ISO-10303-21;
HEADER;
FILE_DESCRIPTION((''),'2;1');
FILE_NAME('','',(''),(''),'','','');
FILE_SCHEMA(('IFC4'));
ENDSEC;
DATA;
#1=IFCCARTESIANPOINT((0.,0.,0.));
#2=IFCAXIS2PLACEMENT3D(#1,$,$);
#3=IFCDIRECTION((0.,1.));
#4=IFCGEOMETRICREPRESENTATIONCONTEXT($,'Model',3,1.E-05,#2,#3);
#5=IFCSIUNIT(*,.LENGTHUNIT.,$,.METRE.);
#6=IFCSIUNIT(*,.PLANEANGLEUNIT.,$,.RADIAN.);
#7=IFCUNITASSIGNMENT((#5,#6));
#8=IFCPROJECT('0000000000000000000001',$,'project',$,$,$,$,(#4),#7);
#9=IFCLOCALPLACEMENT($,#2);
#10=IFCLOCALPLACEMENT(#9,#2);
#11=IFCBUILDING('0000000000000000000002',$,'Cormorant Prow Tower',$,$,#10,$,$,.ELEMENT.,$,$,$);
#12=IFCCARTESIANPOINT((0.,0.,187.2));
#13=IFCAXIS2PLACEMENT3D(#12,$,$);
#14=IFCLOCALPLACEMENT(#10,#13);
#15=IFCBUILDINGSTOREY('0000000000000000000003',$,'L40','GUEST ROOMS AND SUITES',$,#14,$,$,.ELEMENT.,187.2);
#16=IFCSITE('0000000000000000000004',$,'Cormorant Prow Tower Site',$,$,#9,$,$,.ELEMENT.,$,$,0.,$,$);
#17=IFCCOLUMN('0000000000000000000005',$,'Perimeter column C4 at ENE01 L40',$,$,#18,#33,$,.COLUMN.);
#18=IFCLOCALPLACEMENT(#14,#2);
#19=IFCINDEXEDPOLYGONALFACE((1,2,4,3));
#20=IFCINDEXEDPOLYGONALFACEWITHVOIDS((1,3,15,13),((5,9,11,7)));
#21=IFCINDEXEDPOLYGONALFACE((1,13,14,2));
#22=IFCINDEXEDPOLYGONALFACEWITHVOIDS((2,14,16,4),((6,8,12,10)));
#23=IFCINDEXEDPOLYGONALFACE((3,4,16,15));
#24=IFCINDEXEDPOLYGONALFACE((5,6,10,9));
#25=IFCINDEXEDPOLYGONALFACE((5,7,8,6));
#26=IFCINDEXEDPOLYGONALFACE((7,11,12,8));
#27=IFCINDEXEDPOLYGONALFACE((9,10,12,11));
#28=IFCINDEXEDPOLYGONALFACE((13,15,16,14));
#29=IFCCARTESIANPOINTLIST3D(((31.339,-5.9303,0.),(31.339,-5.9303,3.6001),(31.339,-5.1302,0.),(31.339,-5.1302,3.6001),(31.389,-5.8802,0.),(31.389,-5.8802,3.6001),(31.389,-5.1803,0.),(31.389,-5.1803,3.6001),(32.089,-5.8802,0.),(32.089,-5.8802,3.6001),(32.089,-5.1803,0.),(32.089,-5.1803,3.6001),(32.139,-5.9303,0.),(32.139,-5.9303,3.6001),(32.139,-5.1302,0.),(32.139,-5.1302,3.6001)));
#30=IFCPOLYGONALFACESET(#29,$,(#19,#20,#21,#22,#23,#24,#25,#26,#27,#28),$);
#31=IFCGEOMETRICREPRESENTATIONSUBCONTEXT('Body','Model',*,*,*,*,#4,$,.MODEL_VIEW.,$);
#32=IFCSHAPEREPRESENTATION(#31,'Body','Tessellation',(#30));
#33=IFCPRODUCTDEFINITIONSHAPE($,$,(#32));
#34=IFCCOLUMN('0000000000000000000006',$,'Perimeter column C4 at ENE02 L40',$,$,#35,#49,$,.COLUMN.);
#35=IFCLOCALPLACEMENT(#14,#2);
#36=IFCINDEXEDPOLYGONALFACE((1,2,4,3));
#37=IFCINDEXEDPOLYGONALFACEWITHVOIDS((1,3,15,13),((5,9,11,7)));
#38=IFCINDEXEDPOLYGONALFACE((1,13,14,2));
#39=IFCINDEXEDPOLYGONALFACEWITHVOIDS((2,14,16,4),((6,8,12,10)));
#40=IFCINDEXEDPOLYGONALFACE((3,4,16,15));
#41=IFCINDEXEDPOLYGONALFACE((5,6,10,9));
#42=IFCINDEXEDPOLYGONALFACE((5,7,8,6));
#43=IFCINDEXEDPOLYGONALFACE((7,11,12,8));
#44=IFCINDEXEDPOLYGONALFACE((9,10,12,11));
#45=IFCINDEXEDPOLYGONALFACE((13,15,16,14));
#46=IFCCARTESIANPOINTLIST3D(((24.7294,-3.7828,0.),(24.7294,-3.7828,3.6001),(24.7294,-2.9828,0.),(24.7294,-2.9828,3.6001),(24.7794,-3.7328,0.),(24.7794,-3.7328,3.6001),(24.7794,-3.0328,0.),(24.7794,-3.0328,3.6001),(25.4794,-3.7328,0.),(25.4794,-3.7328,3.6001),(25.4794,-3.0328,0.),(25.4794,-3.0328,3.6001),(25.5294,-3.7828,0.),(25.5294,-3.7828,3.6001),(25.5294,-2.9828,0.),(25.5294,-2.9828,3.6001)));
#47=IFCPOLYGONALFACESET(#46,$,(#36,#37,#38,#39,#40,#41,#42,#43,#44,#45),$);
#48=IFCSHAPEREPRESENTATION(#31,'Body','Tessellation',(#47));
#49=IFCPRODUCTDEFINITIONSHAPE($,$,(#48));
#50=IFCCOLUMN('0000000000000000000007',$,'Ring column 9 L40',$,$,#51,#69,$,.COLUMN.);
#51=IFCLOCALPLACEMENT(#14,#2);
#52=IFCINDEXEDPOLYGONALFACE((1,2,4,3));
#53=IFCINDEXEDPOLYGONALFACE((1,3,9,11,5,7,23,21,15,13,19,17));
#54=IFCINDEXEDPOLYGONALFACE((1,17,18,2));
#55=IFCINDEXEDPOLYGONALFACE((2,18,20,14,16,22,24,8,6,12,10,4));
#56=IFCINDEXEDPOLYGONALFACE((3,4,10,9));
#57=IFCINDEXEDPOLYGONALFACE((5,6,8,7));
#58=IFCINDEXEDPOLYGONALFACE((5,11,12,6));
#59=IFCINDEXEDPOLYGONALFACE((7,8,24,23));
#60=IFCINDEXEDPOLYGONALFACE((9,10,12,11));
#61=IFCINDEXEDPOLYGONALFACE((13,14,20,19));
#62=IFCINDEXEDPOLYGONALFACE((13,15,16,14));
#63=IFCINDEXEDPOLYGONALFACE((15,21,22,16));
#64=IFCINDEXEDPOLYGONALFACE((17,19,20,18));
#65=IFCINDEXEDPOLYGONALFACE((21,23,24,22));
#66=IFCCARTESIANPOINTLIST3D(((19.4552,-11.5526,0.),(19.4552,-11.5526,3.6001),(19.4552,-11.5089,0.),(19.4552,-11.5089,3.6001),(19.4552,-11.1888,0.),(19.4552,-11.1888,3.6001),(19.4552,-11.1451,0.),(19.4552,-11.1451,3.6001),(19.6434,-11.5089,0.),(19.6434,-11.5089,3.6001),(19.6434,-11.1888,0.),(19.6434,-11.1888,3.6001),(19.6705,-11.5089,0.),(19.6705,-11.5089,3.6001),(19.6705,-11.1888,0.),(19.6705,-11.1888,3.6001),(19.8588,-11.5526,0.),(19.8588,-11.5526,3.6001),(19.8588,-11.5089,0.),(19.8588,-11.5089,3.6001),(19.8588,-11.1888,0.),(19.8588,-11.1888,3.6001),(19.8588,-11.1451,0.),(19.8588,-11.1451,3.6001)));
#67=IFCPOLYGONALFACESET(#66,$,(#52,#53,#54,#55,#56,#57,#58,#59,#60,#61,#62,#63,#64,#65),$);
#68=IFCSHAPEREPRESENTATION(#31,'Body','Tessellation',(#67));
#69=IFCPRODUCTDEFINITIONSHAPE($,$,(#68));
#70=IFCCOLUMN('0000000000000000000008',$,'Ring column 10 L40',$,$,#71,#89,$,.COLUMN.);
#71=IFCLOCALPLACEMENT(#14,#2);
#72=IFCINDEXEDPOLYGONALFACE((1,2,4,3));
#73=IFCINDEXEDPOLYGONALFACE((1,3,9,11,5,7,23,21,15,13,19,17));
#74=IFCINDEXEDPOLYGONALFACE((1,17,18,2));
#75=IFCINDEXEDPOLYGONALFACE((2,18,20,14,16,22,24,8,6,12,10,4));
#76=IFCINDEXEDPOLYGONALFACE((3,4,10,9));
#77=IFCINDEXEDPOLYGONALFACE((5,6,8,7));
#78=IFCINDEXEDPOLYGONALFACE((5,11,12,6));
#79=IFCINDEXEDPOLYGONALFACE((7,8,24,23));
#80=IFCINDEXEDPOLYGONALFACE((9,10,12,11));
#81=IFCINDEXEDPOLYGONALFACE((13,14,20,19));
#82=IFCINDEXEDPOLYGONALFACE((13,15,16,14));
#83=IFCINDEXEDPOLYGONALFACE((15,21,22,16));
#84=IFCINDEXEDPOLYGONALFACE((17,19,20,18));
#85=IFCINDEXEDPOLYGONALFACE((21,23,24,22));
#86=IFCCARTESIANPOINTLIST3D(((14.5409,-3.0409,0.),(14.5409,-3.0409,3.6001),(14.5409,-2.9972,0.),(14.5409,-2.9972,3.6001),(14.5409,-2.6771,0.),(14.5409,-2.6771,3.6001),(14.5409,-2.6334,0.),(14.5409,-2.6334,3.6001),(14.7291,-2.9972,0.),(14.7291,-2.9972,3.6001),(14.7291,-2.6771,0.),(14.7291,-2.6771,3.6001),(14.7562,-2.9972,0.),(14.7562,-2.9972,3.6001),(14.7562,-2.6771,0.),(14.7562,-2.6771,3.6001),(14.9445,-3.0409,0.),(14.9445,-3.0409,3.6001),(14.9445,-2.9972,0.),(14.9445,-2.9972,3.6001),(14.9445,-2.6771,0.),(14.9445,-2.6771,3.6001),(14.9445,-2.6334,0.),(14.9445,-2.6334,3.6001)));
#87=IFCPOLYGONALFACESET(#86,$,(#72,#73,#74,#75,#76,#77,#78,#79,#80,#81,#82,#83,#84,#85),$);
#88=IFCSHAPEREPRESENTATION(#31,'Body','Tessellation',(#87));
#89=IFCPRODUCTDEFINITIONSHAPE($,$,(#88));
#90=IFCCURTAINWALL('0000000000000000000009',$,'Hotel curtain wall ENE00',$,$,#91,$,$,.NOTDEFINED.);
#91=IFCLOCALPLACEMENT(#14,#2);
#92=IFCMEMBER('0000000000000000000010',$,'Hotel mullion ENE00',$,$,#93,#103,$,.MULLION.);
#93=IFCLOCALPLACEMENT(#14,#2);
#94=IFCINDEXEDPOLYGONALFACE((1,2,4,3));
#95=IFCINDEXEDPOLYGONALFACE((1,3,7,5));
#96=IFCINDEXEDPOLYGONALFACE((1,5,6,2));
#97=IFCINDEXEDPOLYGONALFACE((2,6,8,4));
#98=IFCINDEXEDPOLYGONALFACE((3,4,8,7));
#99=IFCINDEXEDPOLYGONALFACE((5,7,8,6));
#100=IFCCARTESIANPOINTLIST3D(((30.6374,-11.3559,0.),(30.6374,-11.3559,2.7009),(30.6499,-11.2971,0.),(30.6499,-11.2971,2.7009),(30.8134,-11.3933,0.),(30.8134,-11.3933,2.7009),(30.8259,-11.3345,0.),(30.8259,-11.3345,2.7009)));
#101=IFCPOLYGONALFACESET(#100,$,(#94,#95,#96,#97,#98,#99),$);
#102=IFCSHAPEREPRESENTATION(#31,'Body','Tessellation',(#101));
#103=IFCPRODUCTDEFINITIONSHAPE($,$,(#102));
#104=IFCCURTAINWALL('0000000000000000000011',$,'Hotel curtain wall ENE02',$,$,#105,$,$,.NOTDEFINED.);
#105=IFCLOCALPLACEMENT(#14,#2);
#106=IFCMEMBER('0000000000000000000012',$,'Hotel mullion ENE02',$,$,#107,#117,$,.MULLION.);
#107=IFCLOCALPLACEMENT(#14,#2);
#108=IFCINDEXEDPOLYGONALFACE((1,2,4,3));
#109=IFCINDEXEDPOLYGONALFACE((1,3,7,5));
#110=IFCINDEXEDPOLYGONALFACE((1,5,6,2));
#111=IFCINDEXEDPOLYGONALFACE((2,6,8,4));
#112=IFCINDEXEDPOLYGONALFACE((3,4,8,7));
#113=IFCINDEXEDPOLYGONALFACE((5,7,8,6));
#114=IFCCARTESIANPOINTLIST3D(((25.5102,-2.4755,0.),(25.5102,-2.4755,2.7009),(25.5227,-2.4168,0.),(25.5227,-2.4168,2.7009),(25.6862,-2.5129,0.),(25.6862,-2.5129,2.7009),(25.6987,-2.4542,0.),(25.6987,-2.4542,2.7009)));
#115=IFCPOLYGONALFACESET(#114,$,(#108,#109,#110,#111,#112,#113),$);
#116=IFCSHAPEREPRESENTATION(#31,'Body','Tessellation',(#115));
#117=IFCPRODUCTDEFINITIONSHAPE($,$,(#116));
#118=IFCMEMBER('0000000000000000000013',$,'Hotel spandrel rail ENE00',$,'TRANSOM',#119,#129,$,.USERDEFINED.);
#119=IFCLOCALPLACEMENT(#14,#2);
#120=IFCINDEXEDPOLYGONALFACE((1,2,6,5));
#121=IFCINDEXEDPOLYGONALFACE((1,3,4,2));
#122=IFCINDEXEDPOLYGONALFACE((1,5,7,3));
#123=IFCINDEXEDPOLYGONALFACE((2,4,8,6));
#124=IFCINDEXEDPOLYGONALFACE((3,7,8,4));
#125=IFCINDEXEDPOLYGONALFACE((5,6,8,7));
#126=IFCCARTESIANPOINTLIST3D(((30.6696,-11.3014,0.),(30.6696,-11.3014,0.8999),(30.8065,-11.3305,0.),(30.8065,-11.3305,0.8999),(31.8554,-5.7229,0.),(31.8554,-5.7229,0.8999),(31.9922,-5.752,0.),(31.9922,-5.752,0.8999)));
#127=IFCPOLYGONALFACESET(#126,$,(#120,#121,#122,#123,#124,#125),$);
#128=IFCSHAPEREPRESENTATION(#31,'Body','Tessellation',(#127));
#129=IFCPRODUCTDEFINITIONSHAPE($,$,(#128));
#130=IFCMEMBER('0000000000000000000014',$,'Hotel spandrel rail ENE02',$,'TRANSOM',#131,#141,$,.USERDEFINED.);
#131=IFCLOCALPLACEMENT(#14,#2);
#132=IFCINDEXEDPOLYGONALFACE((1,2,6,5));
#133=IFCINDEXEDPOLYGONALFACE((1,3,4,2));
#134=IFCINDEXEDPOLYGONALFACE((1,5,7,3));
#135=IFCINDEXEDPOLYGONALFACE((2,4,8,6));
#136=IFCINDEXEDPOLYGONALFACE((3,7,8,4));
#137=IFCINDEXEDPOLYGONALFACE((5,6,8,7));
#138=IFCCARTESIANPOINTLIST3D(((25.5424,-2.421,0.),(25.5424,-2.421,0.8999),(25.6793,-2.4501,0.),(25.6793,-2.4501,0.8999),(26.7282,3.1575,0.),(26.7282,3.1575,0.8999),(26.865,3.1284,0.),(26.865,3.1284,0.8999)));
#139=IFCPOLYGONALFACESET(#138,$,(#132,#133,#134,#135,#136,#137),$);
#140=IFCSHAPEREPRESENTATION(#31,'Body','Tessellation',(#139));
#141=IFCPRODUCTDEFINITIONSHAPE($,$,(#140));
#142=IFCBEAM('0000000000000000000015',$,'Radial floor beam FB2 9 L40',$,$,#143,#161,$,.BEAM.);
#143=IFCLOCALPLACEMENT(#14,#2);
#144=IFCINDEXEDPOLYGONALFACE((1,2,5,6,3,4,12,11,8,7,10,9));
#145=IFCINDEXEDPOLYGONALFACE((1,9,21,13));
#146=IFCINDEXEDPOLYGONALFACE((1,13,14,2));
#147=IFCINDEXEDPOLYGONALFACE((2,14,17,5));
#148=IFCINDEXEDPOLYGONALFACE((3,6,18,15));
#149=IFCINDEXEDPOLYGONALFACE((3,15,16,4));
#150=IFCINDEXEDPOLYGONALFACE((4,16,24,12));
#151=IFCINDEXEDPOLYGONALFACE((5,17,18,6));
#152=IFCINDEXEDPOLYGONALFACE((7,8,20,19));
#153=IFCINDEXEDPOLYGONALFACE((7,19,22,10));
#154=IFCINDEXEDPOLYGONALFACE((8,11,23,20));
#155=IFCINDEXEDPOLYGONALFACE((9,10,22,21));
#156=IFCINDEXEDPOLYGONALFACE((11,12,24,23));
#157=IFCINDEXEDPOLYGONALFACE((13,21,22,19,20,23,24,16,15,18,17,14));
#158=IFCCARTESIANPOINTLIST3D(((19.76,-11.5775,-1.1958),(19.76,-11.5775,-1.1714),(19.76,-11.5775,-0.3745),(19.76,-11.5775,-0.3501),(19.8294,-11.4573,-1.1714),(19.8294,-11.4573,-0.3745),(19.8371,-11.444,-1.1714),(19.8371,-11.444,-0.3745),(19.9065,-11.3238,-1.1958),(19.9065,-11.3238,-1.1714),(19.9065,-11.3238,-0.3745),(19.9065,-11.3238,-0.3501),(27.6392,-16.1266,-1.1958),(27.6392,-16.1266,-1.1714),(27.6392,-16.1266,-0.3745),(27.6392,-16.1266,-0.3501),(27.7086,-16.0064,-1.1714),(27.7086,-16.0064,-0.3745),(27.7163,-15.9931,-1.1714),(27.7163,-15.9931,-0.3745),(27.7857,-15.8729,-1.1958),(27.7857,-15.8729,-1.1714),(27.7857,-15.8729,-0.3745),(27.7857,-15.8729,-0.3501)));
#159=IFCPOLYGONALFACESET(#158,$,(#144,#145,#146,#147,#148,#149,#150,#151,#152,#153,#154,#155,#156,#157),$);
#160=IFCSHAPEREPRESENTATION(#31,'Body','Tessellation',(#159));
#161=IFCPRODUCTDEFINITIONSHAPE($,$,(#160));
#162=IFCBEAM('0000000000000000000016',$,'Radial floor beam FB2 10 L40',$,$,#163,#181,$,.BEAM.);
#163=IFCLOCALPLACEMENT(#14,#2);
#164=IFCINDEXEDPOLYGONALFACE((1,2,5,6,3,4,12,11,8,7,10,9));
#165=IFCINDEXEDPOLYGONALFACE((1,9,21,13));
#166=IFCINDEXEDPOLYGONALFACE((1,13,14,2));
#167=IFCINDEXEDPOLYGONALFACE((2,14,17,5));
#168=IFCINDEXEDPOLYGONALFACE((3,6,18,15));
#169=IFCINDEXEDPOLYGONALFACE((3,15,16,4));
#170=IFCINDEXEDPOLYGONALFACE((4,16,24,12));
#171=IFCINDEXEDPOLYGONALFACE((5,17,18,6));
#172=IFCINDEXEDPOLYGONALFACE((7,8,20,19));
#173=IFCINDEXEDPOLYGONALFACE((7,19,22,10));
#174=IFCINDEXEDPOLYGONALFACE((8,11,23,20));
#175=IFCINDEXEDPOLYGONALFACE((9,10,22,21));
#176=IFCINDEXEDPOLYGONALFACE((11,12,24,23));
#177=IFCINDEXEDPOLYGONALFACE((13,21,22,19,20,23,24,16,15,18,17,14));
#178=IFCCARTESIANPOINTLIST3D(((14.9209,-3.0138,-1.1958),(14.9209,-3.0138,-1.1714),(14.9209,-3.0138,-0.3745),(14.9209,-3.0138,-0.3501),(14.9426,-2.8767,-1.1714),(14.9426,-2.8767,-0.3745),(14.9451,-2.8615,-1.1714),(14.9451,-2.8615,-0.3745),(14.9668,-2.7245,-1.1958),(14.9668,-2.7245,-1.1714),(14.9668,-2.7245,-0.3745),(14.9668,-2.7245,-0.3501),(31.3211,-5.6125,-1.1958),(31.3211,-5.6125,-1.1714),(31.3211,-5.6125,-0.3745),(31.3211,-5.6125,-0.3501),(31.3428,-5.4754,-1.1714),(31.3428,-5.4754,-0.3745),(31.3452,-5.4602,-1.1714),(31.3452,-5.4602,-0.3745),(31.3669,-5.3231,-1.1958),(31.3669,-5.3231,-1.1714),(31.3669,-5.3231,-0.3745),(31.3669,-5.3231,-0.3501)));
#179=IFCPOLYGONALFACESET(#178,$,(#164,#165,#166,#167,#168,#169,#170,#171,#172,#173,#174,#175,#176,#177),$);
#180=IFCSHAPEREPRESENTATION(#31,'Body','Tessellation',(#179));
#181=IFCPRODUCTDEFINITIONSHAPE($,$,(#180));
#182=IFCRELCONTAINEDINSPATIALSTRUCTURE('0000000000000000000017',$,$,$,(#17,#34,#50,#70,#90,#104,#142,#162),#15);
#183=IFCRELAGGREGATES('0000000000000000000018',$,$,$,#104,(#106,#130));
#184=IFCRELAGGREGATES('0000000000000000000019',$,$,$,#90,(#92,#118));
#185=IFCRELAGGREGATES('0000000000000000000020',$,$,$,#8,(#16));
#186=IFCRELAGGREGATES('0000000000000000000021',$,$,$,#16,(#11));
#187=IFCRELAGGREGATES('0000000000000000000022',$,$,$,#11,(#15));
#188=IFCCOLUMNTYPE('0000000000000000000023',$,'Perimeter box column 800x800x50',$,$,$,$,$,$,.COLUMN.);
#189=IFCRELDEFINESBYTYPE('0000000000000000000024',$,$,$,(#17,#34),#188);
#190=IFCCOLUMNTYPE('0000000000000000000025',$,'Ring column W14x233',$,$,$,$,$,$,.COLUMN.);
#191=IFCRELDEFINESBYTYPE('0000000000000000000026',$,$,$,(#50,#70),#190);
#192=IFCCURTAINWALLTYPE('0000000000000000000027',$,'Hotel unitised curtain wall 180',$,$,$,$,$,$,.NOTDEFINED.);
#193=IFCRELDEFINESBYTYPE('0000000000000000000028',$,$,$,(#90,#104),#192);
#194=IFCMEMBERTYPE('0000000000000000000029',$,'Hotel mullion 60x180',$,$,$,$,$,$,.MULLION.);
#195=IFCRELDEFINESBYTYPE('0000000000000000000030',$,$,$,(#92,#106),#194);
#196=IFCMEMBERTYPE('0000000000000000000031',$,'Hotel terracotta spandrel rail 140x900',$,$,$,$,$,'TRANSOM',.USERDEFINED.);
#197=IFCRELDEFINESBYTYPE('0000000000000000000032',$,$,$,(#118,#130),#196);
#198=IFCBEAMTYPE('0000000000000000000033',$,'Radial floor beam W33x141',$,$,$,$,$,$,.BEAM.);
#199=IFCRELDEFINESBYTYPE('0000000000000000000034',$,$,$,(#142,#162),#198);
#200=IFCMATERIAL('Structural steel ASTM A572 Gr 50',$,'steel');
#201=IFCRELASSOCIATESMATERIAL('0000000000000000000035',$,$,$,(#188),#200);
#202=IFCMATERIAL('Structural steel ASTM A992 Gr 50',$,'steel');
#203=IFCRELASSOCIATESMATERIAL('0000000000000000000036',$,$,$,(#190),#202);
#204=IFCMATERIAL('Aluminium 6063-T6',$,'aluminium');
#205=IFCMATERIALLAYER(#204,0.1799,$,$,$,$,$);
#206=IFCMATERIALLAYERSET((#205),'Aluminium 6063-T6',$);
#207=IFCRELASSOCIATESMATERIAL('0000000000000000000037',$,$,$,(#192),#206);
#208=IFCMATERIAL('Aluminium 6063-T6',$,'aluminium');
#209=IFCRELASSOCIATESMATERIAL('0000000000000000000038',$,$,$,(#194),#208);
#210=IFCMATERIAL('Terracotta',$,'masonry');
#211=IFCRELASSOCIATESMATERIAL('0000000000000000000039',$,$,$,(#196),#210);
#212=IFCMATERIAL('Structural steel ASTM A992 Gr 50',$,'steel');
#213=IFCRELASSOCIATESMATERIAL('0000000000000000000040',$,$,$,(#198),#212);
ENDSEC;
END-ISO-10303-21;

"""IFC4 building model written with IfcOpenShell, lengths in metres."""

from ifc_helpers import new_model, si_unit, direction, frame, origin, origin_2d, place, context, subcontext, project, spatial, rectangle, hollow_rectangle, i_section, extrude, material, layer, layer_set, material_profile, profile_set, type_object, element, aggregate, save


model = new_model("IFC4")

# Units and contexts
model_context = context("Model", 3, precision=1e-05, world=origin(), true_north=direction((0.0, 1.0)))
body_context = subcontext(model_context, "Body", "Model", "MODEL_VIEW")
ifc_project = project(units=[si_unit("LENGTHUNIT", "METRE"), si_unit("PLANEANGLEUNIT", "RADIAN")], contexts=[model_context])

# Site, building, storey
site_placement = place(None, origin())
site = spatial("IfcSite", under=ifc_project, at=site_placement, Name="Cormorant Prow Tower Site", CompositionType="ELEMENT", RefElevation=0.0)
building_placement = place(site_placement, origin())
building = spatial("IfcBuilding", under=site, at=building_placement, Name="Cormorant Prow Tower", CompositionType="ELEMENT")
storey_placement = place(building_placement, frame((0.0, 0.0, 187.2)))
storey = spatial("IfcBuildingStorey", under=building, at=storey_placement, Name="L40", Description="GUEST ROOMS AND SUITES", CompositionType="ELEMENT", Elevation=187.2)

# Columns
ifc_material_1 = material(Name="Structural steel ASTM A572 Gr 50", Category="steel")
ifc_material_profile_1 = material_profile(ifc_material_1, hollow_rectangle(XDim=0.8, YDim=0.8, WallThickness=0.05, at=origin_2d()), Name="Box 800x800x50")
ifc_profile_set_1 = profile_set([ifc_material_profile_1], Name="Structural steel ASTM A572 Gr 50")
column_type_1 = type_object("IfcColumnType", Name="Perimeter box column 800x800x50", PredefinedType="COLUMN", material=ifc_profile_set_1)
for number, where, z_axis, x_axis, name in (
    (1, (31.739, -5.5303, 0.0), (0.0, 0.0, 1.0), (1.0, 0.0, 0.0), "Perimeter column C4 at ENE01 L40"),
    (2, (25.1294, -3.3828, 0.0), (0.0, 0.0, 1.0), (1.0, 0.0, 0.0), "Perimeter column C4 at ENE02 L40"),
):
    element("IfcColumn", number, at=place(storey_placement, frame(where, z_axis=z_axis, x_axis=x_axis)), inside=storey, type_object=column_type_1, Name=name, PredefinedType="COLUMN", context=body_context, shape_type="SweptSolid", body=[
        extrude(hollow_rectangle(XDim=0.8, YDim=0.8, WallThickness=0.05, at=origin_2d()), origin(), (0.0, 0.0, 1.0), 3.6001),
    ])
ifc_material_2 = material(Name="Structural steel ASTM A992 Gr 50", Category="steel")
ifc_material_profile_2 = material_profile(ifc_material_2, i_section(OverallWidth=0.4036, OverallDepth=0.4075, WebThickness=0.0271, FlangeThickness=0.0437, at=origin_2d()), Name="W14x233")
ifc_profile_set_2 = profile_set([ifc_material_profile_2], Name="Structural steel ASTM A992 Gr 50")
column_type_2 = type_object("IfcColumnType", Name="Ring column W14x233", PredefinedType="COLUMN", material=ifc_profile_set_2)
for number, where, z_axis, x_axis, name in (
    (3, (19.657, -11.3489, 0.0), (0.0, 0.0, 1.0), (1.0, 0.0, 0.0), "Ring column 9 L40"),
    (4, (14.7427, -2.8372, 0.0), (0.0, 0.0, 1.0), (1.0, 0.0, 0.0), "Ring column 10 L40"),
):
    element("IfcColumn", number, at=place(storey_placement, frame(where, z_axis=z_axis, x_axis=x_axis)), inside=storey, type_object=column_type_2, Name=name, PredefinedType="COLUMN", context=body_context, shape_type="SweptSolid", body=[
        extrude(i_section(OverallWidth=0.4036, OverallDepth=0.4075, WebThickness=0.0271, FlangeThickness=0.0437, at=origin_2d()), origin(), (0.0, 0.0, 1.0), 3.6001),
    ])

# Curtain walls, members
ifc_material_3 = material(Name="Aluminium 6063-T6", Category="aluminium")
ifc_layer_1 = layer(ifc_material_3, 0.1799)
ifc_layer_set_1 = layer_set([ifc_layer_1], Name="Aluminium 6063-T6")
curtain_wall_type = type_object("IfcCurtainWallType", Name="Hotel unitised curtain wall 180", PredefinedType="NOTDEFINED", material=ifc_layer_set_1)
curtain_wall_1_placement = place(storey_placement, origin())
curtain_wall_1 = element("IfcCurtainWall", 5, at=curtain_wall_1_placement, inside=storey, type_object=curtain_wall_type, Name="Hotel curtain wall ENE00", PredefinedType="NOTDEFINED")
ifc_material_4 = material(Name="Aluminium 6063-T6", Category="aluminium")
ifc_material_profile_3 = material_profile(ifc_material_4, rectangle(XDim=0.1799, YDim=0.0601, at=origin_2d()), Name="Hotel mullion 60x180")
ifc_profile_set_3 = profile_set([ifc_material_profile_3], Name="Aluminium 6063-T6")
member_type_1 = type_object("IfcMemberType", Name="Hotel mullion 60x180", PredefinedType="MULLION", material=ifc_profile_set_3)
member_1_placement = place(storey_placement, frame((30.7317, -11.3452, 0.0), z_axis=(0.0, 0.0, 1.0), x_axis=(-0.978148, 0.207912, 0.0)))
member_1 = element("IfcMember", 6, at=member_1_placement, type_object=member_type_1, Name="Hotel mullion ENE00", PredefinedType="MULLION", context=body_context, shape_type="SweptSolid", body=[
    extrude(rectangle(XDim=0.1799, YDim=0.0601, at=origin_2d()), origin(), (0.0, 0.0, 1.0), 2.7009),
])
curtain_wall_2_placement = place(storey_placement, origin())
curtain_wall_2 = element("IfcCurtainWall", 7, at=curtain_wall_2_placement, inside=storey, type_object=curtain_wall_type, Name="Hotel curtain wall ENE02", PredefinedType="NOTDEFINED")
member_2_placement = place(storey_placement, frame((25.6045, -2.4648, 0.0), z_axis=(0.0, 0.0, 1.0), x_axis=(-0.978148, 0.207912, 0.0)))
member_2 = element("IfcMember", 8, at=member_2_placement, type_object=member_type_1, Name="Hotel mullion ENE02", PredefinedType="MULLION", context=body_context, shape_type="SweptSolid", body=[
    extrude(rectangle(XDim=0.1799, YDim=0.0601, at=origin_2d()), origin(), (0.0, 0.0, 1.0), 2.7009),
])

# Members
ifc_material_5 = material(Name="Terracotta", Category="masonry")
ifc_material_profile_4 = material_profile(ifc_material_5, rectangle(XDim=0.1399, YDim=0.8999, at=origin_2d()), Name="Hotel terracotta spandrel rail 140x900")
ifc_profile_set_4 = profile_set([ifc_material_profile_4], Name="Terracotta")
member_type_2 = type_object("IfcMemberType", Name="Hotel terracotta spandrel rail 140x900", ElementType="TRANSOM", PredefinedType="USERDEFINED", material=ifc_profile_set_4)
member_3_placement = place(storey_placement, frame((30.738, -11.3159, 0.45), z_axis=(0.207915, 0.978147, 0.0), x_axis=(-0.978147, 0.207915, 0.0)))
member_3 = element("IfcMember", 9, at=member_3_placement, type_object=member_type_2, Name="Hotel spandrel rail ENE00", ObjectType="TRANSOM", PredefinedType="USERDEFINED", context=body_context, shape_type="SweptSolid", body=[
    extrude(rectangle(XDim=0.1399, YDim=0.8999, at=origin_2d()), origin(), (0.0, 0.0, 1.0), 5.7031),
])
member_4_placement = place(storey_placement, frame((25.6108, -2.4355, 0.45), z_axis=(0.207915, 0.978147, 0.0), x_axis=(-0.978147, 0.207915, 0.0)))
member_4 = element("IfcMember", 10, at=member_4_placement, type_object=member_type_2, Name="Hotel spandrel rail ENE02", ObjectType="TRANSOM", PredefinedType="USERDEFINED", context=body_context, shape_type="SweptSolid", body=[
    extrude(rectangle(XDim=0.1399, YDim=0.8999, at=origin_2d()), origin(), (0.0, 0.0, 1.0), 5.7031),
])
aggregate(curtain_wall_2, [member_2, member_4])

# Beams
ifc_material_6 = material(Name="Structural steel ASTM A992 Gr 50", Category="steel")
ifc_material_profile_5 = material_profile(ifc_material_6, i_section(OverallWidth=0.293, OverallDepth=0.8457, WebThickness=0.0154, FlangeThickness=0.0244, at=origin_2d()), Name="W33x141")
ifc_profile_set_5 = profile_set([ifc_material_profile_5], Name="Structural steel ASTM A992 Gr 50")
beam_type_1 = type_object("IfcBeamType", Name="Radial floor beam W33x141", PredefinedType="BEAM", material=ifc_profile_set_5)
beam_1_placement = place(storey_placement, frame((19.8333, -11.4507, -0.7729), z_axis=(0.866023, -0.500004, 0.0), x_axis=(0.500004, 0.866023, 0.0)))
element("IfcBeam", 11, at=beam_1_placement, inside=storey, type_object=beam_type_1, Name="Radial floor beam FB2 9 L40", PredefinedType="BEAM", context=body_context, shape_type="SweptSolid", body=[
    extrude(i_section(OverallWidth=0.293, OverallDepth=0.8457, WebThickness=0.0154, FlangeThickness=0.0244, at=origin_2d()), origin(), (0.0, 0.0, 1.0), 9.0981),
])
beam_2_placement = place(storey_placement, frame((14.9438, -2.8691, -0.7729), z_axis=(0.987678, -0.156499, 0.0), x_axis=(0.156499, 0.987678, 0.0)))
element("IfcBeam", 12, at=beam_2_placement, inside=storey, type_object=beam_type_1, Name="Radial floor beam FB2 10 L40", PredefinedType="BEAM", context=body_context, shape_type="SweptSolid", body=[
    extrude(i_section(OverallWidth=0.293, OverallDepth=0.8457, WebThickness=0.0154, FlangeThickness=0.0244, at=origin_2d()), origin(), (0.0, 0.0, 1.0), 16.6047),
])

aggregate(curtain_wall_1, [member_1, member_3])

save(model, "model.ifc")
